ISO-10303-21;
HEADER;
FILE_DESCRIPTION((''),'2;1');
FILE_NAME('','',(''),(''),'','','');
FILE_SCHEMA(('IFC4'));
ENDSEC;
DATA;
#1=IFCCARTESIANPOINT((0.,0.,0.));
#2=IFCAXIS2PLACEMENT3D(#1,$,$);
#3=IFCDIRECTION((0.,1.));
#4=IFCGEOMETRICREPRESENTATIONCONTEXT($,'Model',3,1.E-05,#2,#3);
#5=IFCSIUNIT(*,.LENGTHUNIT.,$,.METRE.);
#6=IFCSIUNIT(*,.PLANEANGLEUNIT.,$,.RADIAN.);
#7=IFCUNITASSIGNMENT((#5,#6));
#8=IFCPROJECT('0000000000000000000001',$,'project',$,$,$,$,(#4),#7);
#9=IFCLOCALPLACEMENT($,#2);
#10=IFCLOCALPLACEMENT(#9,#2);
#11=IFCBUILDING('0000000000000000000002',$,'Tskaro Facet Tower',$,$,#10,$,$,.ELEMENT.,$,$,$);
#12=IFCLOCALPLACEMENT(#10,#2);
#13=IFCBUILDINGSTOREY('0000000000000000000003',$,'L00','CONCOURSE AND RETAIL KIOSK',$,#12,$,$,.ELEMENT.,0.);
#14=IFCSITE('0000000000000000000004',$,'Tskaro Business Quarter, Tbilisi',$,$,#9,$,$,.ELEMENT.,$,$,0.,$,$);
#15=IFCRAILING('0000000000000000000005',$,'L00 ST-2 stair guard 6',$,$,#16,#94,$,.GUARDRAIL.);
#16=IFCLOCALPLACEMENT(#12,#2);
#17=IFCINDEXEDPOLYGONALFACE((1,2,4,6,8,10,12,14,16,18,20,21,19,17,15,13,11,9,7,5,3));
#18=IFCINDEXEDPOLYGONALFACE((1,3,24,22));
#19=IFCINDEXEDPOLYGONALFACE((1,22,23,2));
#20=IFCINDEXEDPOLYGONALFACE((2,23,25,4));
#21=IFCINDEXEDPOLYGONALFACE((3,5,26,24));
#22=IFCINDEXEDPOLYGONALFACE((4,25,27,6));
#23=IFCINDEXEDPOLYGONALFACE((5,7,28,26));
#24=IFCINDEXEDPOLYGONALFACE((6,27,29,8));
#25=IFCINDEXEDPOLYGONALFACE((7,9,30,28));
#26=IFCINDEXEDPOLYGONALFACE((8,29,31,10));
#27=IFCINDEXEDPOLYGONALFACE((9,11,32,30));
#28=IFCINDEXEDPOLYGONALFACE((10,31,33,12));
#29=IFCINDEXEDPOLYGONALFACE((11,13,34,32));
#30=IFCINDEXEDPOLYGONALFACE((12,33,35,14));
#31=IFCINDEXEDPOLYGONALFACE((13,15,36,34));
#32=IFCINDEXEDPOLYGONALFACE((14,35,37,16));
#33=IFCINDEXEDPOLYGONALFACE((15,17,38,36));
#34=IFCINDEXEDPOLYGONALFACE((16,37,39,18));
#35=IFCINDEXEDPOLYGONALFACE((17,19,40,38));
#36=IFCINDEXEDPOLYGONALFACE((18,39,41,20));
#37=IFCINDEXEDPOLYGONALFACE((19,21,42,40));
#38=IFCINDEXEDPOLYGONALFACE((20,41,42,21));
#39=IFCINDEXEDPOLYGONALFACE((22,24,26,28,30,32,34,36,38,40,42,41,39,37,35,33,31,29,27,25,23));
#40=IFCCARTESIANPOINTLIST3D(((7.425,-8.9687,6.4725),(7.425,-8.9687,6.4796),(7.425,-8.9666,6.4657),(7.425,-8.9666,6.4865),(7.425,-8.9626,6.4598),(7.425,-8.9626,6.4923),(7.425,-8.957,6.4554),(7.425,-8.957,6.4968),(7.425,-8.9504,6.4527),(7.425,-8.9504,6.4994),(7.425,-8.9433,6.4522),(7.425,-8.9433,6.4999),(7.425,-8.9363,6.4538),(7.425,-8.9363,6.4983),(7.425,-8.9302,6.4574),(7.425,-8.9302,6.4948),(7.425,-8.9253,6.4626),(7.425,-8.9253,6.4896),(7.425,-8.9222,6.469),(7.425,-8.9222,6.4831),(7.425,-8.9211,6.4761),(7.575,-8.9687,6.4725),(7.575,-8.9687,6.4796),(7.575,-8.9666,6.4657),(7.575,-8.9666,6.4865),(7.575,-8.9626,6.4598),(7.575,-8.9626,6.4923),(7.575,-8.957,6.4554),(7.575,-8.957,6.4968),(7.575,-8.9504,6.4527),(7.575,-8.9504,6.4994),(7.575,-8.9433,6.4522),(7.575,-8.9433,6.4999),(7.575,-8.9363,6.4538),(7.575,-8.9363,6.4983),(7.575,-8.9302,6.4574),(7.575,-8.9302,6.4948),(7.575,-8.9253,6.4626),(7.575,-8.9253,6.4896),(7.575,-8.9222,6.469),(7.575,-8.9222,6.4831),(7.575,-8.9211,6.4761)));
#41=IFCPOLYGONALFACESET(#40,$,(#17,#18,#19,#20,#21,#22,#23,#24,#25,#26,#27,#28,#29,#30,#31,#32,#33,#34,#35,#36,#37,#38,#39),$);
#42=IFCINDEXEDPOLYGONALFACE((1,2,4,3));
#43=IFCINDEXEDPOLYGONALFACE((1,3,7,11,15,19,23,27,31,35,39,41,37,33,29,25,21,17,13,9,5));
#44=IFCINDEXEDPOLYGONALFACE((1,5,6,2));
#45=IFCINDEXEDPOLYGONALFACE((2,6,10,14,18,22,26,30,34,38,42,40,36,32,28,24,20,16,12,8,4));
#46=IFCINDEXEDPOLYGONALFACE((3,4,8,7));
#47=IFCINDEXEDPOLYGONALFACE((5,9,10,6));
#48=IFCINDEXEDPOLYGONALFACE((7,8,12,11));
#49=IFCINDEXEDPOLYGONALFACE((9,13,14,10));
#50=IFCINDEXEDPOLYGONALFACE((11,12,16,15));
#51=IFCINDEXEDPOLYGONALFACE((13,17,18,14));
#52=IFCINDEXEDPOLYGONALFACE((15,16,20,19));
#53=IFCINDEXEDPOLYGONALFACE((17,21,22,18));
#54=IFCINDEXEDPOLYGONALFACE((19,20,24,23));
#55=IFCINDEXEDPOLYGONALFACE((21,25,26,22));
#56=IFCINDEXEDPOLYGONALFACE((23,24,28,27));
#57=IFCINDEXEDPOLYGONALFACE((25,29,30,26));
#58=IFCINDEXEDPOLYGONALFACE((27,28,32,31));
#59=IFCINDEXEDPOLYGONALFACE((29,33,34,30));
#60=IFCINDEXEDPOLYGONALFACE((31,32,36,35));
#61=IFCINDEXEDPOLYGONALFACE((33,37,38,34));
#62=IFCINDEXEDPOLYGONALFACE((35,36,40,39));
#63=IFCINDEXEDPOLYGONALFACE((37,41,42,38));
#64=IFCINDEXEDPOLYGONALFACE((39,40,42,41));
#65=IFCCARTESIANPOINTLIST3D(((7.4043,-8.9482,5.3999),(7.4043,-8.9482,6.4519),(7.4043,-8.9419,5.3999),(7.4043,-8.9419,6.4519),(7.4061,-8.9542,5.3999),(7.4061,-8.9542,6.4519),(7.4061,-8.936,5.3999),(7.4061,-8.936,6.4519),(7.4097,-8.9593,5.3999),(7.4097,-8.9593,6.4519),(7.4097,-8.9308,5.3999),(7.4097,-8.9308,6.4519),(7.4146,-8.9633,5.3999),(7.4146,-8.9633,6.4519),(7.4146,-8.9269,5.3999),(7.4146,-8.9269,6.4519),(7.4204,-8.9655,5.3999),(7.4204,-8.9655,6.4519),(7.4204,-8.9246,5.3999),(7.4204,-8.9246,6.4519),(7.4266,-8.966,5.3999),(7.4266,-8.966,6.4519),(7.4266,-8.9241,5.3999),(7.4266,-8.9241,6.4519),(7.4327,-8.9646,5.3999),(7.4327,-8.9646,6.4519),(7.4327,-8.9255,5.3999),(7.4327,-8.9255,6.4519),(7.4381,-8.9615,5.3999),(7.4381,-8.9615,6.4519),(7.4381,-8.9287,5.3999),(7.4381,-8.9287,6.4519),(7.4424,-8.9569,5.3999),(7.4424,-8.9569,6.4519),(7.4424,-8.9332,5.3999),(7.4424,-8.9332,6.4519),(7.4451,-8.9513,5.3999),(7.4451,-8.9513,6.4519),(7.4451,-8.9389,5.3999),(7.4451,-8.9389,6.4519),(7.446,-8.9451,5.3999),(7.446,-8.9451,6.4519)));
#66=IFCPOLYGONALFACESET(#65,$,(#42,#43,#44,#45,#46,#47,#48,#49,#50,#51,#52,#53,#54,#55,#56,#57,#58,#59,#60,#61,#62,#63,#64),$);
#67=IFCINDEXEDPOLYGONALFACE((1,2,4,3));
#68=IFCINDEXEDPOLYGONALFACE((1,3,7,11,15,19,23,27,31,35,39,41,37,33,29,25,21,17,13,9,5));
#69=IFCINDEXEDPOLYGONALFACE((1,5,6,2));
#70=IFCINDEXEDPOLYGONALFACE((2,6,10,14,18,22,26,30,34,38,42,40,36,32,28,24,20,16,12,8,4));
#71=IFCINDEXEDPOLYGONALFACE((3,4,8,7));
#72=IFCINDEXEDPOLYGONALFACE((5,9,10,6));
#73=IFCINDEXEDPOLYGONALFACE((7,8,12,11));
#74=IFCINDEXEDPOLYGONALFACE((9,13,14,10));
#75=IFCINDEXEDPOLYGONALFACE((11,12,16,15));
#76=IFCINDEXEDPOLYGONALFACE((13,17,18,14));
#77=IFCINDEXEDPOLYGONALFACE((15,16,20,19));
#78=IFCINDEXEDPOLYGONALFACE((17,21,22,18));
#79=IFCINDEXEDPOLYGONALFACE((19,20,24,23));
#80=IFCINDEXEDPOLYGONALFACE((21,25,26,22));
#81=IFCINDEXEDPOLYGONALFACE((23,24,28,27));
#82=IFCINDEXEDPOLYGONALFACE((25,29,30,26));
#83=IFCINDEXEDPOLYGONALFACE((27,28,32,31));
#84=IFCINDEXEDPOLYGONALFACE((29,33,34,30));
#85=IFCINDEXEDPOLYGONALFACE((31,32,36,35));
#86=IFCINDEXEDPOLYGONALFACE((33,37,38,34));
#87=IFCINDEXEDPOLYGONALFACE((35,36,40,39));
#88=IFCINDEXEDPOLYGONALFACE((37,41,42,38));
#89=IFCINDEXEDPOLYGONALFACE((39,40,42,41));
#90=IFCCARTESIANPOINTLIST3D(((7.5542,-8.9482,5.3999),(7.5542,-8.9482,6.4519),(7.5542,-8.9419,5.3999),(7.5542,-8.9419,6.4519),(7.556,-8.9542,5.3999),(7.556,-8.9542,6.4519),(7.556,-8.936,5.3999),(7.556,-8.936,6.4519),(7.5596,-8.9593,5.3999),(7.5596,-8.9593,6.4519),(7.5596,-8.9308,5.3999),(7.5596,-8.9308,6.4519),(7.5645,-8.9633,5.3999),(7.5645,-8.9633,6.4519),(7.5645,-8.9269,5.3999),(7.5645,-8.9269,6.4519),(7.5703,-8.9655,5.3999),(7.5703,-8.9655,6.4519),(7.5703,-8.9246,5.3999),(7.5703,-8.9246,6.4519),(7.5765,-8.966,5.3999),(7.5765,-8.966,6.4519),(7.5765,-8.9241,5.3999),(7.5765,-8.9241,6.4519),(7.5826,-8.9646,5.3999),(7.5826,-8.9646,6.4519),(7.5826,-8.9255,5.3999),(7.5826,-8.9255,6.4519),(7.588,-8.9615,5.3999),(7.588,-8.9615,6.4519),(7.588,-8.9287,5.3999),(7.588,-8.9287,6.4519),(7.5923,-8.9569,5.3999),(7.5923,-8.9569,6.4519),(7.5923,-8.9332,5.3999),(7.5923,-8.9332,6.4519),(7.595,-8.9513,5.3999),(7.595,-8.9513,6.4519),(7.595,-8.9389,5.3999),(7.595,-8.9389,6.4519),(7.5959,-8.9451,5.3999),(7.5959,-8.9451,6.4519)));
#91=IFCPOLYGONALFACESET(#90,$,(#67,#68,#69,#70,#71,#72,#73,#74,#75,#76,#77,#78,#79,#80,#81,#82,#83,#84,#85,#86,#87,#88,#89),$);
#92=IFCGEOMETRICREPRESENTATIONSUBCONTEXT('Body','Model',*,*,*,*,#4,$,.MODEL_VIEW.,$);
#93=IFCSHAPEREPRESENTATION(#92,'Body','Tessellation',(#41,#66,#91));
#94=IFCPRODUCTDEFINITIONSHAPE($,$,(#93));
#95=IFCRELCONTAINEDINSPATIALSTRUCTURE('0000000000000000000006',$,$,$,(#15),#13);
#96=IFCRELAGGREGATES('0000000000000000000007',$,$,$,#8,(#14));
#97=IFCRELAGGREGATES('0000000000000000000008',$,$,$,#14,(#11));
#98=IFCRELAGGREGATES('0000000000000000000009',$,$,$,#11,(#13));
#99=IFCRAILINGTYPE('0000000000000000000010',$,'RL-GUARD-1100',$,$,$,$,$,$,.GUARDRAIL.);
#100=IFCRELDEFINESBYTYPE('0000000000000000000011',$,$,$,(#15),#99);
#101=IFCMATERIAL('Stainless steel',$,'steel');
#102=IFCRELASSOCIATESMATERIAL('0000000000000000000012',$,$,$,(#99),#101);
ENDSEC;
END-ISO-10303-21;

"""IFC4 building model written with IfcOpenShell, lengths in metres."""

from ifc_helpers import new_model, si_unit, direction, frame, origin, origin_2d, place, context, subcontext, project, spatial, circle, extrude, material, type_object, element, save


model = new_model("IFC4")

# Units and contexts
model_context = context("Model", 3, precision=1e-05, world=origin(), true_north=direction((0.0, 1.0)))
body_context = subcontext(model_context, "Body", "Model", "MODEL_VIEW")
ifc_project = project(units=[si_unit("LENGTHUNIT", "METRE"), si_unit("PLANEANGLEUNIT", "RADIAN")], contexts=[model_context])

# Site, building, storey
site_placement = place(None, origin())
site = spatial("IfcSite", under=ifc_project, at=site_placement, Name="Tskaro Business Quarter, Tbilisi", CompositionType="ELEMENT", RefElevation=0.0)
building_placement = place(site_placement, origin())
building = spatial("IfcBuilding", under=site, at=building_placement, Name="Tskaro Facet Tower", CompositionType="ELEMENT")
storey_placement = place(building_placement, origin())
storey = spatial("IfcBuildingStorey", under=building, at=storey_placement, Name="L00", Description="CONCOURSE AND RETAIL KIOSK", CompositionType="ELEMENT", Elevation=0.0)

# Railing
ifc_material_1 = material(Name="Stainless steel", Category="steel")
railing_type_1 = type_object("IfcRailingType", Name="RL-GUARD-1100", PredefinedType="GUARDRAIL", material=ifc_material_1)
railing_1_placement = place(storey_placement, frame((7.425, -8.9451, 5.3999)))
element("IfcRailing", 1, at=railing_1_placement, inside=storey, type_object=railing_type_1, Name="L00 ST-2 stair guard 6", PredefinedType="GUARDRAIL", context=body_context, shape_type="SweptSolid", body=[
    extrude(circle(Radius=0.0239, at=origin_2d()), frame((0.0, 0.0, 1.0762), z_axis=(1.0, 0.0, 0.0), x_axis=(0.0, 1.0, 0.0)), (0.0, 0.0, 1.0), 0.1499),
    extrude(circle(Radius=0.021, at=origin_2d()), origin(), (0.0, 0.0, 1.0), 1.052),
    extrude(circle(Radius=0.021, at=origin_2d()), frame((0.1499, 0.0, 0.0)), (0.0, 0.0, 1.0), 1.052),
])

save(model, "model.ifc")
